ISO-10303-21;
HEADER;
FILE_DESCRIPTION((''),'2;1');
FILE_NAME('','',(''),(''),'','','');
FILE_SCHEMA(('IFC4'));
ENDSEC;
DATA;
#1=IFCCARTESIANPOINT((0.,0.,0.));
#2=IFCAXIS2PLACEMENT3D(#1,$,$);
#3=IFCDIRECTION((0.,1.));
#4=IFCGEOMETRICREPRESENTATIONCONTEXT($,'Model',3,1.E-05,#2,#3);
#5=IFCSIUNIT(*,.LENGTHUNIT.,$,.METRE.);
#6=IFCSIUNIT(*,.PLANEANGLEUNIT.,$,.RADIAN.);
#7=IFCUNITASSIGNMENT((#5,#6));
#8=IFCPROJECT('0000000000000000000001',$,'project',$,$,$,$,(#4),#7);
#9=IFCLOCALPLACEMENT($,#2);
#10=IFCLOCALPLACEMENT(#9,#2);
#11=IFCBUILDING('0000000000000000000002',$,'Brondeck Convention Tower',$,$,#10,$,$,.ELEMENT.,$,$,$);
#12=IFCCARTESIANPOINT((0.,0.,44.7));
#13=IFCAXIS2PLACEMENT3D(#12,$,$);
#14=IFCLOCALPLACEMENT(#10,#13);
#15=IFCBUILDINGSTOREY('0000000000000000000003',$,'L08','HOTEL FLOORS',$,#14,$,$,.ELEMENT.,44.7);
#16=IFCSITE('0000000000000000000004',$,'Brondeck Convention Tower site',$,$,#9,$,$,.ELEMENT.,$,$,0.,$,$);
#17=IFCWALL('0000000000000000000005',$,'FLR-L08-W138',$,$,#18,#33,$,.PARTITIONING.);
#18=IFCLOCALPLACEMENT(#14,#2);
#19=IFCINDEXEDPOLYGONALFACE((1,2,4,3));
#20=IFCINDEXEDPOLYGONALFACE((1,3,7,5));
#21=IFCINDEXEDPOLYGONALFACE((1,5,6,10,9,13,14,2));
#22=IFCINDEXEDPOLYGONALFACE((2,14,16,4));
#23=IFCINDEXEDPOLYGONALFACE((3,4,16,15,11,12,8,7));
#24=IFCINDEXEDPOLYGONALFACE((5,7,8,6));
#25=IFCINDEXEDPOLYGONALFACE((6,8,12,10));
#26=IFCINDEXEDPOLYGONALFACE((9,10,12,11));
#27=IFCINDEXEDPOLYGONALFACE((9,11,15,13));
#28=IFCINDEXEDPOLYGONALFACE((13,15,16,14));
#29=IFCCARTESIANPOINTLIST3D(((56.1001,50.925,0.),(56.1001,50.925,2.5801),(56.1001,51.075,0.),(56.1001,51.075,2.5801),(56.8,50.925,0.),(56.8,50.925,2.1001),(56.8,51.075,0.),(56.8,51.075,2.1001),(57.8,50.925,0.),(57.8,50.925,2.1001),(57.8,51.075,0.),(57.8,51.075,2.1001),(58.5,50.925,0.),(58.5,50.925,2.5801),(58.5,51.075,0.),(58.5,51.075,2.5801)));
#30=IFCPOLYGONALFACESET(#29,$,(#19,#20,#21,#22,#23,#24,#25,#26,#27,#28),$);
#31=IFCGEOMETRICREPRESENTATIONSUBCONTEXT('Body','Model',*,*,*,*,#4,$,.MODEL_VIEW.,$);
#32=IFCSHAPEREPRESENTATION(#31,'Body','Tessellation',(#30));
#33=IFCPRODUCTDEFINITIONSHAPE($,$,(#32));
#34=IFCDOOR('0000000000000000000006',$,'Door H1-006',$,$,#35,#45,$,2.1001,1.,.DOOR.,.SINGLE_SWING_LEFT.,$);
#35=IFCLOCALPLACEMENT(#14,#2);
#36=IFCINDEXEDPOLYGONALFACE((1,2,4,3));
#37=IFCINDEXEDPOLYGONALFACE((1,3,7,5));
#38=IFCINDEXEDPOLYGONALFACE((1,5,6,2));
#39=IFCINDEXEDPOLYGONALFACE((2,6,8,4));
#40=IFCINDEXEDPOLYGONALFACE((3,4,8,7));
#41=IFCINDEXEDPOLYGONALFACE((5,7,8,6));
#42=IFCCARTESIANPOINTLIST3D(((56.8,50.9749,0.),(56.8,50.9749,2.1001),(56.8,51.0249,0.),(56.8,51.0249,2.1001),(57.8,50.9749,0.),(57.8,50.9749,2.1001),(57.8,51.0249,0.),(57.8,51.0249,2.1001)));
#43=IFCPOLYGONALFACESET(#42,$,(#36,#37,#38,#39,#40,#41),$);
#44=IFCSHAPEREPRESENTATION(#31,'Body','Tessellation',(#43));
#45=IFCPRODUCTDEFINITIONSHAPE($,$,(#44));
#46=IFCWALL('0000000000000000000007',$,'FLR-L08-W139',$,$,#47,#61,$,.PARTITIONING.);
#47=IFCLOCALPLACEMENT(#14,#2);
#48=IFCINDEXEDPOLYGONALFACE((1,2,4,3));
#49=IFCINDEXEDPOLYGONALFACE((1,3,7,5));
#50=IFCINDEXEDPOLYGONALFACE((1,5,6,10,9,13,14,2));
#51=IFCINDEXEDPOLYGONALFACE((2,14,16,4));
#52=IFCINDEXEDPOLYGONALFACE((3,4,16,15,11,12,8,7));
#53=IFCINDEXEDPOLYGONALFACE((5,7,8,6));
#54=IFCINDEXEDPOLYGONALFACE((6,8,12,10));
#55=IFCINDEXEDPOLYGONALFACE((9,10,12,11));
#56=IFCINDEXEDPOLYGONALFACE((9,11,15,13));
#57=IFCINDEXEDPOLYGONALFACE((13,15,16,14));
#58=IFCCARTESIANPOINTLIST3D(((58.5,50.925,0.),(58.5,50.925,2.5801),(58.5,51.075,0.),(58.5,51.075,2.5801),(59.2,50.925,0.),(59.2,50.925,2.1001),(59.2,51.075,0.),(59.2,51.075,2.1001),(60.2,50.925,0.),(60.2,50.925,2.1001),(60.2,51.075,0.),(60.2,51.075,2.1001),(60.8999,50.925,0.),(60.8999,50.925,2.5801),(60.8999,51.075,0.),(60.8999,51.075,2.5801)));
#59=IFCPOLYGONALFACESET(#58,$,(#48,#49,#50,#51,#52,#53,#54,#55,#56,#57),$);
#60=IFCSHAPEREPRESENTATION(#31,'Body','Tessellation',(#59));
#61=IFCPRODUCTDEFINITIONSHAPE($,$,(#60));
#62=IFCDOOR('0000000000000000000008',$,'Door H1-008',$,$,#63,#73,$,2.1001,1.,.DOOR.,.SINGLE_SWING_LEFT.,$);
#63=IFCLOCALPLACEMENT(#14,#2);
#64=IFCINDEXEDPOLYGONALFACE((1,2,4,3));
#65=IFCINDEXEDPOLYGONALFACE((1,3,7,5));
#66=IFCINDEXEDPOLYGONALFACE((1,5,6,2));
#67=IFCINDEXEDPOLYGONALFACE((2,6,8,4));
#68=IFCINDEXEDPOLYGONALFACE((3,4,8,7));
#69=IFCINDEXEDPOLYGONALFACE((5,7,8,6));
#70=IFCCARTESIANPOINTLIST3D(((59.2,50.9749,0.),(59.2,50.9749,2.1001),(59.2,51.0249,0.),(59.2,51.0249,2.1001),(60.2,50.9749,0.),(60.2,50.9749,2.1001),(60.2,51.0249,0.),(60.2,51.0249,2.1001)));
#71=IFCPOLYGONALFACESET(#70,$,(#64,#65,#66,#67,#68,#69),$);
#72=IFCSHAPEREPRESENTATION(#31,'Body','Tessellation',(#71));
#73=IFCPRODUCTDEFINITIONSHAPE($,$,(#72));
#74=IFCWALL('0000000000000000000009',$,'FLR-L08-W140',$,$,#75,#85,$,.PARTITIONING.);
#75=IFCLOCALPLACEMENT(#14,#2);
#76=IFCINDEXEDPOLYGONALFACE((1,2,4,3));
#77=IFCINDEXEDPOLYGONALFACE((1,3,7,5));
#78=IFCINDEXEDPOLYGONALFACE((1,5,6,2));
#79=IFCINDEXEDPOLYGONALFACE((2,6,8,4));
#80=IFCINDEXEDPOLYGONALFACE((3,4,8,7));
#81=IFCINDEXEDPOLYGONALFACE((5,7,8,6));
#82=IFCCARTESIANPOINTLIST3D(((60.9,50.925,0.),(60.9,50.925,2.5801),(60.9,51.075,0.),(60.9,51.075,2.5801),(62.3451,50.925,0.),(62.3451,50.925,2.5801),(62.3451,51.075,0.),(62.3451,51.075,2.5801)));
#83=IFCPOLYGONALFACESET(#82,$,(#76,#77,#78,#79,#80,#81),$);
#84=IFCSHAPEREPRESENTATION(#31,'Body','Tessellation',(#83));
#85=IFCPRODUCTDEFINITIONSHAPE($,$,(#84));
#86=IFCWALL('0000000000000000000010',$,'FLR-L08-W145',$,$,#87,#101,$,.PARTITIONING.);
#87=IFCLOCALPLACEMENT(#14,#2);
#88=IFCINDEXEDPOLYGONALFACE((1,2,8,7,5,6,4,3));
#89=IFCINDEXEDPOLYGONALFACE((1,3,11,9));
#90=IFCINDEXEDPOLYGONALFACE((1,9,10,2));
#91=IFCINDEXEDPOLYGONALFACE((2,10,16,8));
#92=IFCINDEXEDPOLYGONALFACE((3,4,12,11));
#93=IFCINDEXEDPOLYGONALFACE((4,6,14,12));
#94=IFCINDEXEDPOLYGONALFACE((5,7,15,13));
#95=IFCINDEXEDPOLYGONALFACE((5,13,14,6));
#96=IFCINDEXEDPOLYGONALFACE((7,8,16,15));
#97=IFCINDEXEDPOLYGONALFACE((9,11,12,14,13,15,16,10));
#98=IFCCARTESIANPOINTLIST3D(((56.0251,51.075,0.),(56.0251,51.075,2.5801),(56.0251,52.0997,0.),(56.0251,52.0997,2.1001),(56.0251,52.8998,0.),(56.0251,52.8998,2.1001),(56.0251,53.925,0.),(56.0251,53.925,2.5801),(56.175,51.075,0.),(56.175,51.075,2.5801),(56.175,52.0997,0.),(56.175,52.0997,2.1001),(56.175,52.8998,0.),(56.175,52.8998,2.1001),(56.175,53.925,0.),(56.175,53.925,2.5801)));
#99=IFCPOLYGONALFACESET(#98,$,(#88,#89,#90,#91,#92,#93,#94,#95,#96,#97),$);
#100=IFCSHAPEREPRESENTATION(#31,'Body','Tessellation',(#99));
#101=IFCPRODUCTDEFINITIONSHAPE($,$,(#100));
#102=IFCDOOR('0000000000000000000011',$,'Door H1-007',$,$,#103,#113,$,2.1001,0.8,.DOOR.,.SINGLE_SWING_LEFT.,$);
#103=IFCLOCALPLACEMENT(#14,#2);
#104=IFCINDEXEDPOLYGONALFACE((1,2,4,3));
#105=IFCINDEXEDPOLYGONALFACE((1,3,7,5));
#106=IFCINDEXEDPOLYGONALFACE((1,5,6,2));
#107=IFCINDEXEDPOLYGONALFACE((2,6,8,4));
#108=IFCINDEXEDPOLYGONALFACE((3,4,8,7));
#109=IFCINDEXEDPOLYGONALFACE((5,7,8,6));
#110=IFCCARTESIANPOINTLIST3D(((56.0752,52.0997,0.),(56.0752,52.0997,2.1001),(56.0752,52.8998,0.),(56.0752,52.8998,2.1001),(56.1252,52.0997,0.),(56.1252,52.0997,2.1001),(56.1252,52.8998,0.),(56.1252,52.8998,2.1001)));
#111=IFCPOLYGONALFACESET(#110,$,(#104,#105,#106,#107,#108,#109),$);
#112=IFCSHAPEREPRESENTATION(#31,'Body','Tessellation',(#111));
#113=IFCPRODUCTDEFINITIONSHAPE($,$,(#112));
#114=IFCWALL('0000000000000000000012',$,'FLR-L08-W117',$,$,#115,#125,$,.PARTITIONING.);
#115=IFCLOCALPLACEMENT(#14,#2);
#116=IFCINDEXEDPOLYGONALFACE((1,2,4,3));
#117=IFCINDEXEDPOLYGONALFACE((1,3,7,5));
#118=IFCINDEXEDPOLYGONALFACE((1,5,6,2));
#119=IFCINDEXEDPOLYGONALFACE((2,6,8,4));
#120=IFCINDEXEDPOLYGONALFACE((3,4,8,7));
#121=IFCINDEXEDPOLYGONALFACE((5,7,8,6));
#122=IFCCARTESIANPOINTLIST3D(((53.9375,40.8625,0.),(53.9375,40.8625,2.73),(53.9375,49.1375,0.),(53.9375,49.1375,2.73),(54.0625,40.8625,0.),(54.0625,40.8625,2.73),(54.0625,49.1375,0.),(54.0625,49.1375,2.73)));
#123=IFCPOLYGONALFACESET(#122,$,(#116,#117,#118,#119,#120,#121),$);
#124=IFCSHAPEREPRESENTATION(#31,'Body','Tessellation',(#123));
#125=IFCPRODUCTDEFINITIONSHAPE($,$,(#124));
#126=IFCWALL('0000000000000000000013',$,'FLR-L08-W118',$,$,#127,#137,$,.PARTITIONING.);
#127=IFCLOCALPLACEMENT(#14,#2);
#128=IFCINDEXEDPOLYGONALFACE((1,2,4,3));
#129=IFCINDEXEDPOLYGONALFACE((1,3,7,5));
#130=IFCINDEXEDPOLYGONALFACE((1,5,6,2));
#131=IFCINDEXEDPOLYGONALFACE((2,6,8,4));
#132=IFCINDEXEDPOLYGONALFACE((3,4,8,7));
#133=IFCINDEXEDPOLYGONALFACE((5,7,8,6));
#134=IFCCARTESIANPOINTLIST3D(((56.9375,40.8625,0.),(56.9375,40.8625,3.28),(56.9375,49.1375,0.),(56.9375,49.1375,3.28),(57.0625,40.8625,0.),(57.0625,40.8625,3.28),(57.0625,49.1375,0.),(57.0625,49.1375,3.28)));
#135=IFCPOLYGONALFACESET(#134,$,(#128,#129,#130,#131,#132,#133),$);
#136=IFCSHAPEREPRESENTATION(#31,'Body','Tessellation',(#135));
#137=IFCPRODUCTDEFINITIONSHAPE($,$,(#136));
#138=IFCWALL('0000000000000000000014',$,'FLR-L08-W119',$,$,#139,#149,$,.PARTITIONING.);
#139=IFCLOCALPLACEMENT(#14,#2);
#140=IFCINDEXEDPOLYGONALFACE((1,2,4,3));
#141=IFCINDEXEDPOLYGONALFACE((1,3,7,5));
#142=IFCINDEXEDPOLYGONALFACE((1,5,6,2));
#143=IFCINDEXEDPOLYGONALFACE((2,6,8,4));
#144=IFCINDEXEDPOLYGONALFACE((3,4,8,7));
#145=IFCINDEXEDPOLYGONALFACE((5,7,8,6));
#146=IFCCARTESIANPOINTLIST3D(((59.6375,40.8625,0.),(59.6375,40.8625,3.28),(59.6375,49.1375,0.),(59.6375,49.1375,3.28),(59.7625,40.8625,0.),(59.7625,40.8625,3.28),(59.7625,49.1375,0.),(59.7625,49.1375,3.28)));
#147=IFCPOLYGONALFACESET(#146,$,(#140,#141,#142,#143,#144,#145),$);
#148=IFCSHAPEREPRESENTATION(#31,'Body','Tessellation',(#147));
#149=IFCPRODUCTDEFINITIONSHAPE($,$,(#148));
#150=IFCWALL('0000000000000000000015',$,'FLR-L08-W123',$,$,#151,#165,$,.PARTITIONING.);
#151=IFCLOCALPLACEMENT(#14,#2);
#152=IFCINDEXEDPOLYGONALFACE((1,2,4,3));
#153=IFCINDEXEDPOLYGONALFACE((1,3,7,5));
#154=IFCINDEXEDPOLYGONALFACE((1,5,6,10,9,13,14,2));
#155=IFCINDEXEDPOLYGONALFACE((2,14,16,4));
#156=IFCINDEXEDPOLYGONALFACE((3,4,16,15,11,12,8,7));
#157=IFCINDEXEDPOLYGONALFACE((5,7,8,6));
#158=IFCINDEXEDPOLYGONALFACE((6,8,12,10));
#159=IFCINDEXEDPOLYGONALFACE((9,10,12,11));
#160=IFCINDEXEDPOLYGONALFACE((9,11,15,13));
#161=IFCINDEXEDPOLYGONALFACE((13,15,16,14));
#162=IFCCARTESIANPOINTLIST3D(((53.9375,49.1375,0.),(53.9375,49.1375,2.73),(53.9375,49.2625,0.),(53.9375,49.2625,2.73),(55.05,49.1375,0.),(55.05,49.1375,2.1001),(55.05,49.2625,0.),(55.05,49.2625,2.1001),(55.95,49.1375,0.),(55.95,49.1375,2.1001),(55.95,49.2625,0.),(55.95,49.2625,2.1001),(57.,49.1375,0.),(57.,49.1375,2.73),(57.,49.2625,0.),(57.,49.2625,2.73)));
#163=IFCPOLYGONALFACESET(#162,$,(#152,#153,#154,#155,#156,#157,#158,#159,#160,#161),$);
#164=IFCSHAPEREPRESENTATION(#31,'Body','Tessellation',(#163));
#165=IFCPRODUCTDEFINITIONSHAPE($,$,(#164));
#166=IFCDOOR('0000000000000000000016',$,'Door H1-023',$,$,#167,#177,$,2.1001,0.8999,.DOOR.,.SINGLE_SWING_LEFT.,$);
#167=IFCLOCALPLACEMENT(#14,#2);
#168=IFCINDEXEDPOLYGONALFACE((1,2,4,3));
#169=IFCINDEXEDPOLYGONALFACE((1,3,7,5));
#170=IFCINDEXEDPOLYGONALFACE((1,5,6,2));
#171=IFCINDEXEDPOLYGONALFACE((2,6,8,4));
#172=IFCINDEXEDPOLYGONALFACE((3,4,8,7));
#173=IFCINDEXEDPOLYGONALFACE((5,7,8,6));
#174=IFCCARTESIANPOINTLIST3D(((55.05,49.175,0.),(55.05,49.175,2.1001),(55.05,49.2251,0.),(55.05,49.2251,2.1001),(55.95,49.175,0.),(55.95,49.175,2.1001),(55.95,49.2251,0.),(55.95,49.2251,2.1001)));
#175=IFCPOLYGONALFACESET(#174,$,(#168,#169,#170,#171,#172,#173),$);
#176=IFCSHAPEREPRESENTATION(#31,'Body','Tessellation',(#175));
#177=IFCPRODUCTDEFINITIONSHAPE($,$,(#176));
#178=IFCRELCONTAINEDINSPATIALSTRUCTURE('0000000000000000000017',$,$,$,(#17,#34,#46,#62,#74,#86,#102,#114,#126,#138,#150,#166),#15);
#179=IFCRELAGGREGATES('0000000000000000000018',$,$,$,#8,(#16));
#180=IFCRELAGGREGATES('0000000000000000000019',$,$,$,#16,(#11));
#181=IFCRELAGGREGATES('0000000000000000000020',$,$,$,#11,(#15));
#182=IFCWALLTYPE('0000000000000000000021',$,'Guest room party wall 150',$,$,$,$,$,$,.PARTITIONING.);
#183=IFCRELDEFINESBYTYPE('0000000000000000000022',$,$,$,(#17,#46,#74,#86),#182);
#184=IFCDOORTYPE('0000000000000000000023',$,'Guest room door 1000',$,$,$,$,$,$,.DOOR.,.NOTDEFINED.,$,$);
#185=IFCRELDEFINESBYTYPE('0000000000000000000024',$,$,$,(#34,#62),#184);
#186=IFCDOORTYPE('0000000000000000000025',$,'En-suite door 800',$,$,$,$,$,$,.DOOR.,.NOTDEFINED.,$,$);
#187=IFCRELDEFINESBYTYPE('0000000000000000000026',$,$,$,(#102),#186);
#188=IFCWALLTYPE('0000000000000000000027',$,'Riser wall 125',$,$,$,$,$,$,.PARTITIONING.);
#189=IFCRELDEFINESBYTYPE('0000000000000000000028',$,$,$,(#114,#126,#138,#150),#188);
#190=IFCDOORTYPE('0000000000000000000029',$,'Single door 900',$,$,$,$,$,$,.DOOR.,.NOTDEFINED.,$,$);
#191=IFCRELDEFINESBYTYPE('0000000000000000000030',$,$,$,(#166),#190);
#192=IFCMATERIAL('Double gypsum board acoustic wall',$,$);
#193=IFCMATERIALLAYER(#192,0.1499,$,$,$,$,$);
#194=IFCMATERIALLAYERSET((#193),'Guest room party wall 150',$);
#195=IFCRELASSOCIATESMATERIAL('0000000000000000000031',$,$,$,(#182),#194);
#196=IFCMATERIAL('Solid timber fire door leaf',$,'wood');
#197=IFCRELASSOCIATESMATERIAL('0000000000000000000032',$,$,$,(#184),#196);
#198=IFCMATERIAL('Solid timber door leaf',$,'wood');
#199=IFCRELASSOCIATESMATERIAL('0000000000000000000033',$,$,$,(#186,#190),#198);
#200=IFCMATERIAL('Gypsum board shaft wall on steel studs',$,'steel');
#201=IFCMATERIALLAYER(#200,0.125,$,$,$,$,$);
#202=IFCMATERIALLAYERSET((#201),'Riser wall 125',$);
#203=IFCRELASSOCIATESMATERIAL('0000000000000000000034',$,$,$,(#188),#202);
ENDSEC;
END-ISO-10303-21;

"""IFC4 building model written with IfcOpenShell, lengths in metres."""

from ifc_helpers import new_model, si_unit, direction, frame, frame_2d, origin, place, context, subcontext, project, spatial, rectangle, extrude, material, layer, layer_set, type_object, element, fill, save


model = new_model("IFC4")

# Units and contexts
model_context = context("Model", 3, precision=1e-05, world=origin(), true_north=direction((0.0, 1.0)))
body_context = subcontext(model_context, "Body", "Model", "MODEL_VIEW")
ifc_project = project(units=[si_unit("LENGTHUNIT", "METRE"), si_unit("PLANEANGLEUNIT", "RADIAN")], contexts=[model_context])

# Site, building, storey
site_placement = place(None, origin())
site = spatial("IfcSite", under=ifc_project, at=site_placement, Name="Brondeck Convention Tower site", CompositionType="ELEMENT", RefElevation=0.0)
building_placement = place(site_placement, origin())
building = spatial("IfcBuilding", under=site, at=building_placement, Name="Brondeck Convention Tower", CompositionType="ELEMENT")
storey_placement = place(building_placement, frame((0.0, 0.0, 44.7)))
storey = spatial("IfcBuildingStorey", under=building, at=storey_placement, Name="L08", Description="HOTEL FLOORS", CompositionType="ELEMENT", Elevation=44.7)

# Shared definitions
ifc_material_1 = material(Name="Double gypsum board acoustic wall")
ifc_layer_1 = layer(ifc_material_1, 0.1499)
ifc_layer_set_1 = layer_set([ifc_layer_1], Name="Guest room party wall 150")
wall_type_1 = type_object("IfcWallType", Name="Guest room party wall 150", PredefinedType="PARTITIONING", material=ifc_layer_set_1)
ifc_material_2 = material(Name="Solid timber fire door leaf", Category="wood")
door_type_1 = type_object("IfcDoorType", Name="Guest room door 1000", OperationType="NOTDEFINED", PredefinedType="DOOR", material=ifc_material_2)

# Walls, openings, doors
wall_1_placement = place(storey_placement, frame((56.1001, 51.0, 0.0), z_axis=(0.0, 0.0, 1.0), x_axis=(1.0, 0.0, 0.0)))
wall_1 = element("IfcWall", 1, at=wall_1_placement, inside=storey, type_object=wall_type_1, Name="FLR-L08-W138", PredefinedType="PARTITIONING", context=body_context, shape_type="SweptSolid", body=[
    extrude(rectangle(XDim=2.3999, YDim=0.1499, at=frame_2d((1.2, 0.0))), origin(), (0.0, 0.0, 1.0), 2.5801),
])
opening_1_placement = place(wall_1_placement, frame((0.7, 0.0, 0.0)))
opening_1 = element("IfcOpeningElement", 2, at=opening_1_placement, cuts=wall_1, PredefinedType="OPENING", context=body_context, shape_type="SweptSolid", body=[
    extrude(rectangle(XDim=1.0, YDim=2.1001, at=frame_2d((0.5, 1.05))), frame((0.0, 0.085, 0.0), z_axis=(0.0, -1.0, 0.0), x_axis=(1.0, 0.0, 0.0)), (0.0, 0.0, 1.0), 0.1699),
])
door_1_placement = place(opening_1_placement, origin())
door_1 = element("IfcDoor", 3, at=door_1_placement, inside=storey, type_object=door_type_1, Name="Door H1-006", OperationType="SINGLE_SWING_LEFT", OverallHeight=2.1001, OverallWidth=1.0, PredefinedType="DOOR", context=body_context, shape_type="SweptSolid", body=[
    extrude(rectangle(XDim=1.0, YDim=2.1001, at=frame_2d((0.5, 1.05))), frame((0.0, 0.0249, 0.0), z_axis=(0.0, -1.0, 0.0), x_axis=(1.0, 0.0, 0.0)), (0.0, 0.0, 1.0), 0.05),
])
fill(opening_1, door_1)
wall_2_placement = place(storey_placement, frame((58.5, 51.0, 0.0), z_axis=(0.0, 0.0, 1.0), x_axis=(1.0, 0.0, 0.0)))
wall_2 = element("IfcWall", 4, at=wall_2_placement, inside=storey, type_object=wall_type_1, Name="FLR-L08-W139", PredefinedType="PARTITIONING", context=body_context, shape_type="SweptSolid", body=[
    extrude(rectangle(XDim=2.3999, YDim=0.1499, at=frame_2d((1.2, 0.0))), origin(), (0.0, 0.0, 1.0), 2.5801),
])
opening_2_placement = place(wall_2_placement, frame((0.7, 0.0, 0.0)))
opening_2 = element("IfcOpeningElement", 5, at=opening_2_placement, cuts=wall_2, PredefinedType="OPENING", context=body_context, shape_type="SweptSolid", body=[
    extrude(rectangle(XDim=1.0, YDim=2.1001, at=frame_2d((0.5, 1.05))), frame((0.0, 0.085, 0.0), z_axis=(0.0, -1.0, 0.0), x_axis=(1.0, 0.0, 0.0)), (0.0, 0.0, 1.0), 0.1699),
])
door_2_placement = place(opening_2_placement, origin())
door_2 = element("IfcDoor", 6, at=door_2_placement, inside=storey, type_object=door_type_1, Name="Door H1-008", OperationType="SINGLE_SWING_LEFT", OverallHeight=2.1001, OverallWidth=1.0, PredefinedType="DOOR", context=body_context, shape_type="SweptSolid", body=[
    extrude(rectangle(XDim=1.0, YDim=2.1001, at=frame_2d((0.5, 1.05))), frame((0.0, 0.0249, 0.0), z_axis=(0.0, -1.0, 0.0), x_axis=(1.0, 0.0, 0.0)), (0.0, 0.0, 1.0), 0.05),
])
fill(opening_2, door_2)

# Wall
wall_3_placement = place(storey_placement, frame((60.8999, 51.0, 0.0), z_axis=(0.0, 0.0, 1.0), x_axis=(1.0, 0.0, 0.0)))
element("IfcWall", 7, at=wall_3_placement, inside=storey, type_object=wall_type_1, Name="FLR-L08-W140", PredefinedType="PARTITIONING", context=body_context, shape_type="SweptSolid", body=[
    extrude(rectangle(XDim=1.4451, YDim=0.1499, at=frame_2d((0.7227, 0.0))), origin(), (0.0, 0.0, 1.0), 2.5801),
])

# Wall, opening, door
wall_4_placement = place(storey_placement, frame((56.1001, 51.075, 0.0), z_axis=(0.0, 0.0, 1.0), x_axis=(0.0, 1.0, 0.0)))
wall_4 = element("IfcWall", 8, at=wall_4_placement, inside=storey, type_object=wall_type_1, Name="FLR-L08-W145", PredefinedType="PARTITIONING", context=body_context, shape_type="SweptSolid", body=[
    extrude(rectangle(XDim=2.8501, YDim=0.1499, at=frame_2d((1.425, 0.0))), origin(), (0.0, 0.0, 1.0), 2.5801),
])
opening_3_placement = place(wall_4_placement, frame((1.0249, 0.0, 0.0)))
opening_3 = element("IfcOpeningElement", 9, at=opening_3_placement, cuts=wall_4, PredefinedType="OPENING", context=body_context, shape_type="SweptSolid", body=[
    extrude(rectangle(XDim=0.8, YDim=2.1001, at=frame_2d((0.3999, 1.05))), frame((0.0, 0.085, 0.0), z_axis=(0.0, -1.0, 0.0), x_axis=(1.0, 0.0, 0.0)), (0.0, 0.0, 1.0), 0.1699),
])
ifc_material_3 = material(Name="Solid timber door leaf", Category="wood")
door_type_2 = type_object("IfcDoorType", Name="En-suite door 800", OperationType="NOTDEFINED", PredefinedType="DOOR", material=ifc_material_3)
door_3_placement = place(opening_3_placement, origin())
door_3 = element("IfcDoor", 10, at=door_3_placement, inside=storey, type_object=door_type_2, Name="Door H1-007", OperationType="SINGLE_SWING_LEFT", OverallHeight=2.1001, OverallWidth=0.8, PredefinedType="DOOR", context=body_context, shape_type="SweptSolid", body=[
    extrude(rectangle(XDim=0.8, YDim=2.1001, at=frame_2d((0.3999, 1.05))), frame((0.0, 0.0249, 0.0), z_axis=(0.0, -1.0, 0.0), x_axis=(1.0, 0.0, 0.0)), (0.0, 0.0, 1.0), 0.05),
])
fill(opening_3, door_3)

# Walls
ifc_material_4 = material(Name="Gypsum board shaft wall on steel studs", Category="steel")
ifc_layer_2 = layer(ifc_material_4, 0.125)
ifc_layer_set_2 = layer_set([ifc_layer_2], Name="Riser wall 125")
wall_type_2 = type_object("IfcWallType", Name="Riser wall 125", PredefinedType="PARTITIONING", material=ifc_layer_set_2)
wall_5_placement = place(storey_placement, frame((54.0, 49.1375, 0.0), z_axis=(0.0, 0.0, 1.0), x_axis=(0.0, -1.0, 0.0)))
element("IfcWall", 11, at=wall_5_placement, inside=storey, type_object=wall_type_2, Name="FLR-L08-W117", PredefinedType="PARTITIONING", context=body_context, shape_type="SweptSolid", body=[
    extrude(rectangle(XDim=8.2749, YDim=0.125, at=frame_2d((4.1375, 0.0))), origin(), (0.0, 0.0, 1.0), 2.73),
])
for number, where, z_axis, x_axis, name in (
    (12, (57.0, 49.1375, 0.0), (0.0, 0.0, 1.0), (0.0, -1.0, 0.0), "FLR-L08-W118"),
    (13, (59.7, 49.1375, 0.0), (0.0, 0.0, 1.0), (0.0, -1.0, 0.0), "FLR-L08-W119"),
):
    element("IfcWall", number, at=place(storey_placement, frame(where, z_axis=z_axis, x_axis=x_axis)), inside=storey, type_object=wall_type_2, Name=name, PredefinedType="PARTITIONING", context=body_context, shape_type="SweptSolid", body=[
        extrude(rectangle(XDim=8.2749, YDim=0.125, at=frame_2d((4.1375, 0.0))), origin(), (0.0, 0.0, 1.0), 3.28),
    ])

# Wall, opening, door
wall_6_placement = place(storey_placement, frame((57.0, 49.2, 0.0), z_axis=(0.0, 0.0, 1.0), x_axis=(-1.0, 0.0, 0.0)))
wall_6 = element("IfcWall", 14, at=wall_6_placement, inside=storey, type_object=wall_type_2, Name="FLR-L08-W123", PredefinedType="PARTITIONING", context=body_context, shape_type="SweptSolid", body=[
    extrude(rectangle(XDim=3.0625, YDim=0.125, at=frame_2d((1.5312, 0.0))), origin(), (0.0, 0.0, 1.0), 2.73),
])
opening_4_placement = place(wall_6_placement, frame((1.05, 0.0, 0.0)))
opening_4 = element("IfcOpeningElement", 15, at=opening_4_placement, cuts=wall_6, PredefinedType="OPENING", context=body_context, shape_type="SweptSolid", body=[
    extrude(rectangle(XDim=0.8999, YDim=2.1001, at=frame_2d((0.45, 1.05))), frame((0.0, 0.0725, 0.0), z_axis=(0.0, -1.0, 0.0), x_axis=(1.0, 0.0, 0.0)), (0.0, 0.0, 1.0), 0.145),
])
door_type_3 = type_object("IfcDoorType", Name="Single door 900", OperationType="NOTDEFINED", PredefinedType="DOOR", material=ifc_material_3)
door_4_placement = place(opening_4_placement, origin())
door_4 = element("IfcDoor", 16, at=door_4_placement, inside=storey, type_object=door_type_3, Name="Door H1-023", OperationType="SINGLE_SWING_LEFT", OverallHeight=2.1001, OverallWidth=0.8999, PredefinedType="DOOR", context=body_context, shape_type="SweptSolid", body=[
    extrude(rectangle(XDim=0.8999, YDim=2.1001, at=frame_2d((0.45, 1.05))), frame((0.0, 0.0249, 0.0), z_axis=(0.0, -1.0, 0.0), x_axis=(1.0, 0.0, 0.0)), (0.0, 0.0, 1.0), 0.05),
])
fill(opening_4, door_4)

save(model, "model.ifc")
